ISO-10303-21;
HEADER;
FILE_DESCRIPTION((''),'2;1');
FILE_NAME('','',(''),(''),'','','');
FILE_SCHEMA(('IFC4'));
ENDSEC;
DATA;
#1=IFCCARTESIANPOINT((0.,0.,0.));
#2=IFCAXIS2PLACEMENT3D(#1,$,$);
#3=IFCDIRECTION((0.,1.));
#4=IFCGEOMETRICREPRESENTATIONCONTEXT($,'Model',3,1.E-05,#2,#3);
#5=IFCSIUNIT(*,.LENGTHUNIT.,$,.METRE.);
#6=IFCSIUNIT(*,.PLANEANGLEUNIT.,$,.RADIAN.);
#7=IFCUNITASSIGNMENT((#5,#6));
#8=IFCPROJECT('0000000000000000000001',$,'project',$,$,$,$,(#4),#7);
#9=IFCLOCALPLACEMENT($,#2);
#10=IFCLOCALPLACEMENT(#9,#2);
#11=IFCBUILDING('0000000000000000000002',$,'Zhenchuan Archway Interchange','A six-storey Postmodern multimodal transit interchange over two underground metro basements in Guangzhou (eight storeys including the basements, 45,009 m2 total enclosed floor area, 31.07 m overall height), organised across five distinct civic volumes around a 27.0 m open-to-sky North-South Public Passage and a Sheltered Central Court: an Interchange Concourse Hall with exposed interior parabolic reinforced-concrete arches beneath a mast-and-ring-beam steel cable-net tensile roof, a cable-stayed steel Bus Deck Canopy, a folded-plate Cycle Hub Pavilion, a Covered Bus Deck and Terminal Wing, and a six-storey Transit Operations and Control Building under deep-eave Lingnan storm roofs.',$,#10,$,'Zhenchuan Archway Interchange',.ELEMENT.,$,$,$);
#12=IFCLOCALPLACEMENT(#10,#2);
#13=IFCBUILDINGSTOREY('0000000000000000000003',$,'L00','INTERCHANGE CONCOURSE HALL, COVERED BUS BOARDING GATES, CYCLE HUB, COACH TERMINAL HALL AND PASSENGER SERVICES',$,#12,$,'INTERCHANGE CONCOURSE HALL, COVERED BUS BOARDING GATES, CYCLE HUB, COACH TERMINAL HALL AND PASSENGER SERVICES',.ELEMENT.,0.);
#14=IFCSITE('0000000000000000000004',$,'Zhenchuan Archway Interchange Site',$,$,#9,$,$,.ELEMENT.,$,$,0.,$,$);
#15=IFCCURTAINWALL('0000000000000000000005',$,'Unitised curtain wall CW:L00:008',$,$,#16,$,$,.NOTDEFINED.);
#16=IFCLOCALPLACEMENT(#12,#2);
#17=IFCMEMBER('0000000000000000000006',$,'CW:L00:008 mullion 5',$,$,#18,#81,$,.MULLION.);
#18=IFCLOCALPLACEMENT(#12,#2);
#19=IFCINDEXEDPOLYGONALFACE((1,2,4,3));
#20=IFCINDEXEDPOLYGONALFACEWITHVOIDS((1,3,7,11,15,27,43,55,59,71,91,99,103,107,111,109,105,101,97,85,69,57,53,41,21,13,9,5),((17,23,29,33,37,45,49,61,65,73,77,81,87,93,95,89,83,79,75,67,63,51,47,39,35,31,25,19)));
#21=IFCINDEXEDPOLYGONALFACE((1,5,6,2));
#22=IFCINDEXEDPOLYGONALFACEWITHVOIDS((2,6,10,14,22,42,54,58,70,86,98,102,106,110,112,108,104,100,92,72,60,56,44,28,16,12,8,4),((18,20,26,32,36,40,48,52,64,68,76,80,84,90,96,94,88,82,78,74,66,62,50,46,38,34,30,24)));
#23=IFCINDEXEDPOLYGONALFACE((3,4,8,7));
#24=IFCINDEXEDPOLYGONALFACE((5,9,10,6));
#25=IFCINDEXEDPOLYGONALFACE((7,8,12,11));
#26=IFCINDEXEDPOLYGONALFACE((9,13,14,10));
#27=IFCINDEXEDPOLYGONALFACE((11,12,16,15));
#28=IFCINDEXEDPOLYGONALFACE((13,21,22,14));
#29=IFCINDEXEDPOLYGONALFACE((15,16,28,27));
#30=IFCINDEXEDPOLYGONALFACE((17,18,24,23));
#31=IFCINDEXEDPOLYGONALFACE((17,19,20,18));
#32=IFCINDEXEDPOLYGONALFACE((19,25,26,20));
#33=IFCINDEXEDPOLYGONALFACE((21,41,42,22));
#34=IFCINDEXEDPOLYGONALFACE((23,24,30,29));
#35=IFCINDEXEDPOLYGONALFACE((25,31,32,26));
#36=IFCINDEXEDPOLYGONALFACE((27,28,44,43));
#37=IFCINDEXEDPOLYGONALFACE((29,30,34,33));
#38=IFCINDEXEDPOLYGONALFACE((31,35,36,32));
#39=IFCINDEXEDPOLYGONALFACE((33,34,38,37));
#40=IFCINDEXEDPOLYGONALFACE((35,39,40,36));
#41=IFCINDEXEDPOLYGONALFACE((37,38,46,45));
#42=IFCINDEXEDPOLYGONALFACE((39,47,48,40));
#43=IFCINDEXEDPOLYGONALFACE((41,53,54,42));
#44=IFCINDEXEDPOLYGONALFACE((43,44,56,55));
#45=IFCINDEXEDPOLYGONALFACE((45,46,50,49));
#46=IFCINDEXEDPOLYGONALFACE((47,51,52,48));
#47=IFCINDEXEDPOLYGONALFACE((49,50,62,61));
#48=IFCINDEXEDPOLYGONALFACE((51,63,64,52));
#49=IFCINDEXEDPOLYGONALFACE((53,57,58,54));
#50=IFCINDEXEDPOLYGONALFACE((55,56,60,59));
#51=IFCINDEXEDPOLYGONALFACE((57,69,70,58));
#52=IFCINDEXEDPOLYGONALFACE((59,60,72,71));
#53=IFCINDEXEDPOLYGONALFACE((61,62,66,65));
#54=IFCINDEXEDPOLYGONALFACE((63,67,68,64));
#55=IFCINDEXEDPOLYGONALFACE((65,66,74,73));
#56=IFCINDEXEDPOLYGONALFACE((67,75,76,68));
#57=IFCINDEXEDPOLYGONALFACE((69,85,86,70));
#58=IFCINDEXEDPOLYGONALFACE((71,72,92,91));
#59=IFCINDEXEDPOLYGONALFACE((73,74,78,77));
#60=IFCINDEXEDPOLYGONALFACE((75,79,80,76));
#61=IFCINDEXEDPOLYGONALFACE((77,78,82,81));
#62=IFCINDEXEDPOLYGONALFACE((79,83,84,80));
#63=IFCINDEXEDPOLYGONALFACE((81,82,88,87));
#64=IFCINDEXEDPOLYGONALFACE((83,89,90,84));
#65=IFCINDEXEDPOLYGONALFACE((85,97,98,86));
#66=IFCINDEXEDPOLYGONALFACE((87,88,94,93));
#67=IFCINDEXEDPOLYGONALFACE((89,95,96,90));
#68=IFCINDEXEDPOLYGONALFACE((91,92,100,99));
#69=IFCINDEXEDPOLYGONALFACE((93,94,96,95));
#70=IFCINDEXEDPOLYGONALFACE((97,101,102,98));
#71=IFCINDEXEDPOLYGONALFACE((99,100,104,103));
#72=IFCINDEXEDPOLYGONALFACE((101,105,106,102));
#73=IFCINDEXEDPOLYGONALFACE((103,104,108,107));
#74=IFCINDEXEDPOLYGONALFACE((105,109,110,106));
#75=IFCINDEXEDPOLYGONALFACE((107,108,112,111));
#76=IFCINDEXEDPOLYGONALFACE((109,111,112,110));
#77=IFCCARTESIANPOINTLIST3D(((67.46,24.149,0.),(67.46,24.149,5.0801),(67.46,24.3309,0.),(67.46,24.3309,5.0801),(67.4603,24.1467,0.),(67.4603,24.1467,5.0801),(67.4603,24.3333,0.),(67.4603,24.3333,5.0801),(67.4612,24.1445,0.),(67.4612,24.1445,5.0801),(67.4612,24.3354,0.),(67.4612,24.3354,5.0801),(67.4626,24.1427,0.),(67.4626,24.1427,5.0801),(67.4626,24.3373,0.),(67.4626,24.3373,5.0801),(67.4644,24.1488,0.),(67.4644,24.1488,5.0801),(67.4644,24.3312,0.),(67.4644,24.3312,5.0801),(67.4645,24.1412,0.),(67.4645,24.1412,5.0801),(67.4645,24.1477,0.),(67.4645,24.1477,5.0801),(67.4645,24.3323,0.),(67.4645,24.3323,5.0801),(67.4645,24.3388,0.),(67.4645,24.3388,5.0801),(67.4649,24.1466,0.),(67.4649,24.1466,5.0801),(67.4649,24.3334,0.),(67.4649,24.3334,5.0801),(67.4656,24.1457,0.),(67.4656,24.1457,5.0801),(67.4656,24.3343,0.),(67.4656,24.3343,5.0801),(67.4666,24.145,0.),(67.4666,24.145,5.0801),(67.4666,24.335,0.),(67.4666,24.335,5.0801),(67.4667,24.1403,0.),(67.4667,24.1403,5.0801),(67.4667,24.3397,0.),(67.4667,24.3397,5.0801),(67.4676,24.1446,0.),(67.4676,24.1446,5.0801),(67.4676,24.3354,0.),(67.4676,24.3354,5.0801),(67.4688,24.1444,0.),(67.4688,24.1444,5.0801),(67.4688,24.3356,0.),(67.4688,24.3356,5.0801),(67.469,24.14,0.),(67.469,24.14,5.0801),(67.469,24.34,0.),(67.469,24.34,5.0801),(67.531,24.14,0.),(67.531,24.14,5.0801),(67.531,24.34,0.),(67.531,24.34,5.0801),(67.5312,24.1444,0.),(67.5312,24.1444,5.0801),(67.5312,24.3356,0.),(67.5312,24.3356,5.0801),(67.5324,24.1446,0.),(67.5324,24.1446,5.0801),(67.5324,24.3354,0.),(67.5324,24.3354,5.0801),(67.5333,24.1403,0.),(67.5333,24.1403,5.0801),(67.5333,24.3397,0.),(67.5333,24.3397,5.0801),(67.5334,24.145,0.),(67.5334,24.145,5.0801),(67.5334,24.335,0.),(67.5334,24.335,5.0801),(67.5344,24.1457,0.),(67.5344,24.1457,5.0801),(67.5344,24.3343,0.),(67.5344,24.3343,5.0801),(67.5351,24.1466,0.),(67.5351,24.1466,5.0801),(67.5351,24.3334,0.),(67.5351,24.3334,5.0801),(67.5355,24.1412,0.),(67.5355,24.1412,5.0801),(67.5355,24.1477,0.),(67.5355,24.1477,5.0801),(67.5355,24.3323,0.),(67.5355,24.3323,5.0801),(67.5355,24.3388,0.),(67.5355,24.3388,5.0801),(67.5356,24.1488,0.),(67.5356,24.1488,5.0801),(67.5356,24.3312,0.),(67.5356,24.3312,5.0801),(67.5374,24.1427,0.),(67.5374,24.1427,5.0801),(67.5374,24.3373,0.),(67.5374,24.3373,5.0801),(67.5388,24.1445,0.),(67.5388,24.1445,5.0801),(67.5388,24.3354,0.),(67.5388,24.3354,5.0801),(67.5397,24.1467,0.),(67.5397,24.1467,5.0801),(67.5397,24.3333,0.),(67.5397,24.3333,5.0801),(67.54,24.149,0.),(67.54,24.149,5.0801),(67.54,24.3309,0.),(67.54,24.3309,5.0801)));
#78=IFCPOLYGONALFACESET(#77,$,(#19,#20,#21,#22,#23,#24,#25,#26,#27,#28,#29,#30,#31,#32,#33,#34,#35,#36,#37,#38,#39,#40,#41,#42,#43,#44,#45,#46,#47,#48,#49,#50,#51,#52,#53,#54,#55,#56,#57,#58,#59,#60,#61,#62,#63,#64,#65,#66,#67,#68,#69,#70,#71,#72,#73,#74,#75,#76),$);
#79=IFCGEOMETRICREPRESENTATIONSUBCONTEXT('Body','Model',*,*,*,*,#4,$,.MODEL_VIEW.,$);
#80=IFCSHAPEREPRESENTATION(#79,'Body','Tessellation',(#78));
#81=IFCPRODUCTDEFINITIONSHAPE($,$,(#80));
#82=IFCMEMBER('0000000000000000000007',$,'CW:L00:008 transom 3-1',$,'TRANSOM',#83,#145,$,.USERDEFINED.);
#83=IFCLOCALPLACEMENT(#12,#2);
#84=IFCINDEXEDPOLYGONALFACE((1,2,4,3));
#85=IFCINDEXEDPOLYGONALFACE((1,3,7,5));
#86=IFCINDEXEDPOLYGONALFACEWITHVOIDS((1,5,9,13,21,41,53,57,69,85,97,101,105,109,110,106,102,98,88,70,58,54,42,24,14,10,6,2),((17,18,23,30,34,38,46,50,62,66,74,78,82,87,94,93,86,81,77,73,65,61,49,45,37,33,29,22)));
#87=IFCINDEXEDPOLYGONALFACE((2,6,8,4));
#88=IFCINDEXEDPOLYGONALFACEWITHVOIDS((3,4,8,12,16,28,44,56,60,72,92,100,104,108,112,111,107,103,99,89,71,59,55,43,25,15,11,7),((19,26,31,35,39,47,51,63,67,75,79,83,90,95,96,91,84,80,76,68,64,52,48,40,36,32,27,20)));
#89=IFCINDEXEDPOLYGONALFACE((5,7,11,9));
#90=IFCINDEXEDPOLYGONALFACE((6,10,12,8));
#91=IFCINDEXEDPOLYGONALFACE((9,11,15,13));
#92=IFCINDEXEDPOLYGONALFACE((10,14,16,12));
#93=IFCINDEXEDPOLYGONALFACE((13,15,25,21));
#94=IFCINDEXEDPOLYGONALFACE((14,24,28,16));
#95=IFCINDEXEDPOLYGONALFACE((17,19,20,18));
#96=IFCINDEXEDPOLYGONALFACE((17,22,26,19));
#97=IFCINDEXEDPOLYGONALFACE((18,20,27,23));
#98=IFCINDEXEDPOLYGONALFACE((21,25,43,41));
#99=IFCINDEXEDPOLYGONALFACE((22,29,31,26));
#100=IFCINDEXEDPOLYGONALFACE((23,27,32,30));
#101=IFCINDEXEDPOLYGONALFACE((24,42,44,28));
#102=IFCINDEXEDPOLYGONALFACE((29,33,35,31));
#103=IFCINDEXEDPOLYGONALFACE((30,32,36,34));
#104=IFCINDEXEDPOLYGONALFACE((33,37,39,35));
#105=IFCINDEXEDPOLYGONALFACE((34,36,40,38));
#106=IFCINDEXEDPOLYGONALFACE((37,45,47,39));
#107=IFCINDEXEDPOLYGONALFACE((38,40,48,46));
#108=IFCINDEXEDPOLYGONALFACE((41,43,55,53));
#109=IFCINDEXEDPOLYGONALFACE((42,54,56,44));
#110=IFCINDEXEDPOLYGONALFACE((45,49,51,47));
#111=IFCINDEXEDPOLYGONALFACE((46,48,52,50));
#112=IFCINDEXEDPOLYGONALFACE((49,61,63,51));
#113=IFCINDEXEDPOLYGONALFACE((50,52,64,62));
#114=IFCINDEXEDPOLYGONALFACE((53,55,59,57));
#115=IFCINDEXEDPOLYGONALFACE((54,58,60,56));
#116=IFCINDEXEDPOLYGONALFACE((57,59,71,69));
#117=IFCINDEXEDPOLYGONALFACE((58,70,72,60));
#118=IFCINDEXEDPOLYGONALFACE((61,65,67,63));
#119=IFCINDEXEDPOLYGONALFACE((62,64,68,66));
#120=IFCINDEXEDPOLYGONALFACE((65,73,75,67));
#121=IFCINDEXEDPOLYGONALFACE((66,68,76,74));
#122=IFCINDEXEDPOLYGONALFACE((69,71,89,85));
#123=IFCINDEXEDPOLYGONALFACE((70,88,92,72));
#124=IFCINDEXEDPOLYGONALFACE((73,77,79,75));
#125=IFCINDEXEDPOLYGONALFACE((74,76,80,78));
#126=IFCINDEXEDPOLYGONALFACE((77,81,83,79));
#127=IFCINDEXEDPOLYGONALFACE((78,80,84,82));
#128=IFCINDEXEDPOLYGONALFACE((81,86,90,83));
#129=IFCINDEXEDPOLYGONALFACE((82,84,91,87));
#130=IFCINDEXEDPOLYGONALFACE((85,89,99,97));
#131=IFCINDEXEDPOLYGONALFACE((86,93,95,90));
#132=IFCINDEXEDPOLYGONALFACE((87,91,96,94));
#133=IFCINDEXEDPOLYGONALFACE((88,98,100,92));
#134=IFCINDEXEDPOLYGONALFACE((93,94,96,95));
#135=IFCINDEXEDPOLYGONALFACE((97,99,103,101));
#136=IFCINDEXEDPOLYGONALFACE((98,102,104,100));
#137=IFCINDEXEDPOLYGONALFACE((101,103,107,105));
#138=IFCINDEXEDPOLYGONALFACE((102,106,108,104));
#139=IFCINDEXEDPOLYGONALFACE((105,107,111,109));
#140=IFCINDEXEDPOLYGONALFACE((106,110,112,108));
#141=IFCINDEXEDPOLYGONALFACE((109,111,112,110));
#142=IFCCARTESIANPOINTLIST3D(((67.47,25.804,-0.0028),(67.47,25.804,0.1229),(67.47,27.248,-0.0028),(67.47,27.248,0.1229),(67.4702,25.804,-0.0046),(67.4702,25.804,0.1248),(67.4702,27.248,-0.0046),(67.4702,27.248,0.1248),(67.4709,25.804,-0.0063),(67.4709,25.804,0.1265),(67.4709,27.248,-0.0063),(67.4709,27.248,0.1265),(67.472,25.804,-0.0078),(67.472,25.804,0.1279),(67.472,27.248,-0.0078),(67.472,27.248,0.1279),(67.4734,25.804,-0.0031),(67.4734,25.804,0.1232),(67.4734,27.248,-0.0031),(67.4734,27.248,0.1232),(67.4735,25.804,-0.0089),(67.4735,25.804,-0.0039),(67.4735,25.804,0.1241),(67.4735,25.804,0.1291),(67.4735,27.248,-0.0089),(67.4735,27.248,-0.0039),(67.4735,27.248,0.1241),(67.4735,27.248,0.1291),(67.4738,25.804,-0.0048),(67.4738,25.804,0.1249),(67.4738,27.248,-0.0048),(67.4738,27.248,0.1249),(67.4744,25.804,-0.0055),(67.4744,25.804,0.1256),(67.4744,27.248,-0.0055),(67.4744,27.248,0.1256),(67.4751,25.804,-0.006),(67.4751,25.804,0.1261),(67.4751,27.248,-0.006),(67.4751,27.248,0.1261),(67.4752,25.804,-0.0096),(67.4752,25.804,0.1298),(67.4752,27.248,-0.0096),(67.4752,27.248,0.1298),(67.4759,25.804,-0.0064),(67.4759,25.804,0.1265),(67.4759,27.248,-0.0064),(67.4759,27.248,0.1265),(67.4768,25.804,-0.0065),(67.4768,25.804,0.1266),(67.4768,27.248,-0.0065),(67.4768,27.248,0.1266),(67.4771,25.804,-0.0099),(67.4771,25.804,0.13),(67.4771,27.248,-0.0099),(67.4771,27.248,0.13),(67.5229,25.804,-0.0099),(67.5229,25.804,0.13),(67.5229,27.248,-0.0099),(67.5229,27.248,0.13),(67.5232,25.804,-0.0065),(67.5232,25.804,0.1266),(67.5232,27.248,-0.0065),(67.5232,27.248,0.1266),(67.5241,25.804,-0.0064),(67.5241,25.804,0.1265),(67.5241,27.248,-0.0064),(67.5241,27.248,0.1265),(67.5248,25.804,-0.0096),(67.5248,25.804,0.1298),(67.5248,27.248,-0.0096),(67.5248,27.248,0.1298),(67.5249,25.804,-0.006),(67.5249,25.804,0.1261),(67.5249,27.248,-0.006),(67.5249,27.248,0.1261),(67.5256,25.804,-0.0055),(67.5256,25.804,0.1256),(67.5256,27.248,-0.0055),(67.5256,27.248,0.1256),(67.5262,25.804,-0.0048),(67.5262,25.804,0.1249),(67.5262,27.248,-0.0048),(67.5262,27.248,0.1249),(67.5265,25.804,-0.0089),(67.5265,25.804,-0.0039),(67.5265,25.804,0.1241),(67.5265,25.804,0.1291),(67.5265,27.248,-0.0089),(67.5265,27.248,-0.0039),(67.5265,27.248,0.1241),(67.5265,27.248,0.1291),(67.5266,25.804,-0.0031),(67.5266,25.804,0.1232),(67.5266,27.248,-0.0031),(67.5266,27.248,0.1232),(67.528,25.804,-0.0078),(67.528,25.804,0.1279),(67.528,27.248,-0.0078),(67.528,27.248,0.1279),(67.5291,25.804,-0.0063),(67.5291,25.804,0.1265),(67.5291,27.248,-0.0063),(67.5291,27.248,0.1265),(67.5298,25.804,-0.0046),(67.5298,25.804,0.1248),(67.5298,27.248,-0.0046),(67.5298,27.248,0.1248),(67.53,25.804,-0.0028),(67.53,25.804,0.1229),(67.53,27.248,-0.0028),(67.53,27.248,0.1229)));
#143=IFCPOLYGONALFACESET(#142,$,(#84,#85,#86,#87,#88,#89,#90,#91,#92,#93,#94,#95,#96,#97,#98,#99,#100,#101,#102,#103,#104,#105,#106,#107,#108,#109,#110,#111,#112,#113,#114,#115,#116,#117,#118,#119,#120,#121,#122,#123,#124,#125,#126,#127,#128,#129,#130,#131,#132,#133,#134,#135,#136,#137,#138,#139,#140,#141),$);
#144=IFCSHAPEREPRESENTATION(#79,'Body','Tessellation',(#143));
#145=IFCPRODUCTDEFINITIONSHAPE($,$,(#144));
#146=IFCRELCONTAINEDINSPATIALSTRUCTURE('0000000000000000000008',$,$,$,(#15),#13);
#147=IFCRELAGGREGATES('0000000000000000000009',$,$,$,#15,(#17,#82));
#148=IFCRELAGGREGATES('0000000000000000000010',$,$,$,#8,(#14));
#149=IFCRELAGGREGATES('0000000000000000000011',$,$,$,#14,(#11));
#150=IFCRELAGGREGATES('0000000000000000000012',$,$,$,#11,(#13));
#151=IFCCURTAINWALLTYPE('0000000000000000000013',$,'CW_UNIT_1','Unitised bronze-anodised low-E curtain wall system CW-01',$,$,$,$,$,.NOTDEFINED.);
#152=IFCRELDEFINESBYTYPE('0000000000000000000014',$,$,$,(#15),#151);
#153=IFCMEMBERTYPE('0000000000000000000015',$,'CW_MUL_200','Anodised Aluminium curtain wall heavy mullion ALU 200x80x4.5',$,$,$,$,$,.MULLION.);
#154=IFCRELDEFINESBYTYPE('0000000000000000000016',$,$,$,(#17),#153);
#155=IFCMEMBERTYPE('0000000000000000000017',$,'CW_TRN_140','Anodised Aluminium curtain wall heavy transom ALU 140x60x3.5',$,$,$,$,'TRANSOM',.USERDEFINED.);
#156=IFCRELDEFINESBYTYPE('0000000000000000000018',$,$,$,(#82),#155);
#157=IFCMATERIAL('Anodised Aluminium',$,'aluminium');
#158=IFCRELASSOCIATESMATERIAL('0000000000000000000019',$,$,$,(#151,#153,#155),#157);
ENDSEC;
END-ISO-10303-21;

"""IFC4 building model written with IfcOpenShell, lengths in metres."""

from ifc_helpers import new_model, si_unit, direction, frame, origin, origin_2d, place, context, subcontext, project, spatial, hollow_rectangle, extrude, material, material_profile, profile_set, type_object, element, aggregate, save


model = new_model("IFC4")

# Units and contexts
model_context = context("Model", 3, precision=1e-05, world=origin(), true_north=direction((0.0, 1.0)))
body_context = subcontext(model_context, "Body", "Model", "MODEL_VIEW")
ifc_project = project(units=[si_unit("LENGTHUNIT", "METRE"), si_unit("PLANEANGLEUNIT", "RADIAN")], contexts=[model_context])

# Site, building, storey
site_placement = place(None, origin())
site = spatial("IfcSite", under=ifc_project, at=site_placement, Name="Zhenchuan Archway Interchange Site", CompositionType="ELEMENT", RefElevation=0.0)
building_placement = place(site_placement, origin())
building = spatial("IfcBuilding", under=site, at=building_placement, Name="Zhenchuan Archway Interchange", Description="A six-storey Postmodern multimodal transit interchange over two underground metro basements in Guangzhou (eight storeys including the basements, 45,009 m2 total enclosed floor area, 31.07 m overall height), organised across five distinct civic volumes around a 27.0 m open-to-sky North-South Public Passage and a Sheltered Central Court: an Interchange Concourse Hall with exposed interior parabolic reinforced-concrete arches beneath a mast-and-ring-beam steel cable-net tensile roof, a cable-stayed steel Bus Deck Canopy, a folded-plate Cycle Hub Pavilion, a Covered Bus Deck and Terminal Wing, and a six-storey Transit Operations and Control Building under deep-eave Lingnan storm roofs.", LongName="Zhenchuan Archway Interchange", CompositionType="ELEMENT")
storey_placement = place(building_placement, origin())
storey = spatial("IfcBuildingStorey", under=building, at=storey_placement, Name="L00", Description="INTERCHANGE CONCOURSE HALL, COVERED BUS BOARDING GATES, CYCLE HUB, COACH TERMINAL HALL AND PASSENGER SERVICES", LongName="INTERCHANGE CONCOURSE HALL, COVERED BUS BOARDING GATES, CYCLE HUB, COACH TERMINAL HALL AND PASSENGER SERVICES", CompositionType="ELEMENT", Elevation=0.0)

# Curtain wall, members
ifc_material_1 = material(Name="Anodised Aluminium", Category="aluminium")
curtain_wall_type = type_object("IfcCurtainWallType", Name="CW_UNIT_1", Description="Unitised bronze-anodised low-E curtain wall system CW-01", PredefinedType="NOTDEFINED", material=ifc_material_1)
curtain_wall_placement = place(storey_placement, origin())
curtain_wall = element("IfcCurtainWall", 1, at=curtain_wall_placement, inside=storey, type_object=curtain_wall_type, Name="Unitised curtain wall CW:L00:008", PredefinedType="NOTDEFINED")
ifc_material_profile_1 = material_profile(ifc_material_1, hollow_rectangle(XDim=0.0801, YDim=0.2, WallThickness=0.0044, InnerFilletRadius=0.0044, OuterFilletRadius=0.009, at=origin_2d()), Name="ALU 200x80x4.5")
ifc_profile_set_1 = profile_set([ifc_material_profile_1], Name="Anodised Aluminium")
member_type_1 = type_object("IfcMemberType", Name="CW_MUL_200", Description="Anodised Aluminium curtain wall heavy mullion ALU 200x80x4.5", PredefinedType="MULLION", material=ifc_profile_set_1)
member_1_placement = place(storey_placement, frame((67.5, 24.24, 0.0), z_axis=(0.0, 0.0, 1.0), x_axis=(1.0, 0.0, 0.0)))
member_1 = element("IfcMember", 2, at=member_1_placement, type_object=member_type_1, Name="CW:L00:008 mullion 5", PredefinedType="MULLION", context=body_context, shape_type="SweptSolid", body=[
    extrude(hollow_rectangle(XDim=0.0801, YDim=0.2, WallThickness=0.0044, InnerFilletRadius=0.0044, OuterFilletRadius=0.009, at=origin_2d()), origin(), (0.0, 0.0, 1.0), 5.0801),
])
ifc_material_profile_2 = material_profile(ifc_material_1, hollow_rectangle(XDim=0.0601, YDim=0.1399, WallThickness=0.0034, InnerFilletRadius=0.0034, OuterFilletRadius=0.0071, at=origin_2d()), Name="ALU 140x60x3.5")
ifc_profile_set_2 = profile_set([ifc_material_profile_2], Name="Anodised Aluminium")
member_type_2 = type_object("IfcMemberType", Name="CW_TRN_140", Description="Anodised Aluminium curtain wall heavy transom ALU 140x60x3.5", ElementType="TRANSOM", PredefinedType="USERDEFINED", material=ifc_profile_set_2)
member_2_placement = place(storey_placement, frame((67.5, 27.248, 0.0601), z_axis=(0.0, -1.0, 0.0), x_axis=(1.0, 0.0, 0.0)))
member_2 = element("IfcMember", 3, at=member_2_placement, type_object=member_type_2, Name="CW:L00:008 transom 3-1", ObjectType="TRANSOM", PredefinedType="USERDEFINED", context=body_context, shape_type="SweptSolid", body=[
    extrude(hollow_rectangle(XDim=0.0601, YDim=0.1399, WallThickness=0.0034, InnerFilletRadius=0.0034, OuterFilletRadius=0.0071, at=origin_2d()), origin(), (0.0, 0.0, 1.0), 1.4441),
])

aggregate(curtain_wall, [member_1, member_2])

save(model, "model.ifc")
